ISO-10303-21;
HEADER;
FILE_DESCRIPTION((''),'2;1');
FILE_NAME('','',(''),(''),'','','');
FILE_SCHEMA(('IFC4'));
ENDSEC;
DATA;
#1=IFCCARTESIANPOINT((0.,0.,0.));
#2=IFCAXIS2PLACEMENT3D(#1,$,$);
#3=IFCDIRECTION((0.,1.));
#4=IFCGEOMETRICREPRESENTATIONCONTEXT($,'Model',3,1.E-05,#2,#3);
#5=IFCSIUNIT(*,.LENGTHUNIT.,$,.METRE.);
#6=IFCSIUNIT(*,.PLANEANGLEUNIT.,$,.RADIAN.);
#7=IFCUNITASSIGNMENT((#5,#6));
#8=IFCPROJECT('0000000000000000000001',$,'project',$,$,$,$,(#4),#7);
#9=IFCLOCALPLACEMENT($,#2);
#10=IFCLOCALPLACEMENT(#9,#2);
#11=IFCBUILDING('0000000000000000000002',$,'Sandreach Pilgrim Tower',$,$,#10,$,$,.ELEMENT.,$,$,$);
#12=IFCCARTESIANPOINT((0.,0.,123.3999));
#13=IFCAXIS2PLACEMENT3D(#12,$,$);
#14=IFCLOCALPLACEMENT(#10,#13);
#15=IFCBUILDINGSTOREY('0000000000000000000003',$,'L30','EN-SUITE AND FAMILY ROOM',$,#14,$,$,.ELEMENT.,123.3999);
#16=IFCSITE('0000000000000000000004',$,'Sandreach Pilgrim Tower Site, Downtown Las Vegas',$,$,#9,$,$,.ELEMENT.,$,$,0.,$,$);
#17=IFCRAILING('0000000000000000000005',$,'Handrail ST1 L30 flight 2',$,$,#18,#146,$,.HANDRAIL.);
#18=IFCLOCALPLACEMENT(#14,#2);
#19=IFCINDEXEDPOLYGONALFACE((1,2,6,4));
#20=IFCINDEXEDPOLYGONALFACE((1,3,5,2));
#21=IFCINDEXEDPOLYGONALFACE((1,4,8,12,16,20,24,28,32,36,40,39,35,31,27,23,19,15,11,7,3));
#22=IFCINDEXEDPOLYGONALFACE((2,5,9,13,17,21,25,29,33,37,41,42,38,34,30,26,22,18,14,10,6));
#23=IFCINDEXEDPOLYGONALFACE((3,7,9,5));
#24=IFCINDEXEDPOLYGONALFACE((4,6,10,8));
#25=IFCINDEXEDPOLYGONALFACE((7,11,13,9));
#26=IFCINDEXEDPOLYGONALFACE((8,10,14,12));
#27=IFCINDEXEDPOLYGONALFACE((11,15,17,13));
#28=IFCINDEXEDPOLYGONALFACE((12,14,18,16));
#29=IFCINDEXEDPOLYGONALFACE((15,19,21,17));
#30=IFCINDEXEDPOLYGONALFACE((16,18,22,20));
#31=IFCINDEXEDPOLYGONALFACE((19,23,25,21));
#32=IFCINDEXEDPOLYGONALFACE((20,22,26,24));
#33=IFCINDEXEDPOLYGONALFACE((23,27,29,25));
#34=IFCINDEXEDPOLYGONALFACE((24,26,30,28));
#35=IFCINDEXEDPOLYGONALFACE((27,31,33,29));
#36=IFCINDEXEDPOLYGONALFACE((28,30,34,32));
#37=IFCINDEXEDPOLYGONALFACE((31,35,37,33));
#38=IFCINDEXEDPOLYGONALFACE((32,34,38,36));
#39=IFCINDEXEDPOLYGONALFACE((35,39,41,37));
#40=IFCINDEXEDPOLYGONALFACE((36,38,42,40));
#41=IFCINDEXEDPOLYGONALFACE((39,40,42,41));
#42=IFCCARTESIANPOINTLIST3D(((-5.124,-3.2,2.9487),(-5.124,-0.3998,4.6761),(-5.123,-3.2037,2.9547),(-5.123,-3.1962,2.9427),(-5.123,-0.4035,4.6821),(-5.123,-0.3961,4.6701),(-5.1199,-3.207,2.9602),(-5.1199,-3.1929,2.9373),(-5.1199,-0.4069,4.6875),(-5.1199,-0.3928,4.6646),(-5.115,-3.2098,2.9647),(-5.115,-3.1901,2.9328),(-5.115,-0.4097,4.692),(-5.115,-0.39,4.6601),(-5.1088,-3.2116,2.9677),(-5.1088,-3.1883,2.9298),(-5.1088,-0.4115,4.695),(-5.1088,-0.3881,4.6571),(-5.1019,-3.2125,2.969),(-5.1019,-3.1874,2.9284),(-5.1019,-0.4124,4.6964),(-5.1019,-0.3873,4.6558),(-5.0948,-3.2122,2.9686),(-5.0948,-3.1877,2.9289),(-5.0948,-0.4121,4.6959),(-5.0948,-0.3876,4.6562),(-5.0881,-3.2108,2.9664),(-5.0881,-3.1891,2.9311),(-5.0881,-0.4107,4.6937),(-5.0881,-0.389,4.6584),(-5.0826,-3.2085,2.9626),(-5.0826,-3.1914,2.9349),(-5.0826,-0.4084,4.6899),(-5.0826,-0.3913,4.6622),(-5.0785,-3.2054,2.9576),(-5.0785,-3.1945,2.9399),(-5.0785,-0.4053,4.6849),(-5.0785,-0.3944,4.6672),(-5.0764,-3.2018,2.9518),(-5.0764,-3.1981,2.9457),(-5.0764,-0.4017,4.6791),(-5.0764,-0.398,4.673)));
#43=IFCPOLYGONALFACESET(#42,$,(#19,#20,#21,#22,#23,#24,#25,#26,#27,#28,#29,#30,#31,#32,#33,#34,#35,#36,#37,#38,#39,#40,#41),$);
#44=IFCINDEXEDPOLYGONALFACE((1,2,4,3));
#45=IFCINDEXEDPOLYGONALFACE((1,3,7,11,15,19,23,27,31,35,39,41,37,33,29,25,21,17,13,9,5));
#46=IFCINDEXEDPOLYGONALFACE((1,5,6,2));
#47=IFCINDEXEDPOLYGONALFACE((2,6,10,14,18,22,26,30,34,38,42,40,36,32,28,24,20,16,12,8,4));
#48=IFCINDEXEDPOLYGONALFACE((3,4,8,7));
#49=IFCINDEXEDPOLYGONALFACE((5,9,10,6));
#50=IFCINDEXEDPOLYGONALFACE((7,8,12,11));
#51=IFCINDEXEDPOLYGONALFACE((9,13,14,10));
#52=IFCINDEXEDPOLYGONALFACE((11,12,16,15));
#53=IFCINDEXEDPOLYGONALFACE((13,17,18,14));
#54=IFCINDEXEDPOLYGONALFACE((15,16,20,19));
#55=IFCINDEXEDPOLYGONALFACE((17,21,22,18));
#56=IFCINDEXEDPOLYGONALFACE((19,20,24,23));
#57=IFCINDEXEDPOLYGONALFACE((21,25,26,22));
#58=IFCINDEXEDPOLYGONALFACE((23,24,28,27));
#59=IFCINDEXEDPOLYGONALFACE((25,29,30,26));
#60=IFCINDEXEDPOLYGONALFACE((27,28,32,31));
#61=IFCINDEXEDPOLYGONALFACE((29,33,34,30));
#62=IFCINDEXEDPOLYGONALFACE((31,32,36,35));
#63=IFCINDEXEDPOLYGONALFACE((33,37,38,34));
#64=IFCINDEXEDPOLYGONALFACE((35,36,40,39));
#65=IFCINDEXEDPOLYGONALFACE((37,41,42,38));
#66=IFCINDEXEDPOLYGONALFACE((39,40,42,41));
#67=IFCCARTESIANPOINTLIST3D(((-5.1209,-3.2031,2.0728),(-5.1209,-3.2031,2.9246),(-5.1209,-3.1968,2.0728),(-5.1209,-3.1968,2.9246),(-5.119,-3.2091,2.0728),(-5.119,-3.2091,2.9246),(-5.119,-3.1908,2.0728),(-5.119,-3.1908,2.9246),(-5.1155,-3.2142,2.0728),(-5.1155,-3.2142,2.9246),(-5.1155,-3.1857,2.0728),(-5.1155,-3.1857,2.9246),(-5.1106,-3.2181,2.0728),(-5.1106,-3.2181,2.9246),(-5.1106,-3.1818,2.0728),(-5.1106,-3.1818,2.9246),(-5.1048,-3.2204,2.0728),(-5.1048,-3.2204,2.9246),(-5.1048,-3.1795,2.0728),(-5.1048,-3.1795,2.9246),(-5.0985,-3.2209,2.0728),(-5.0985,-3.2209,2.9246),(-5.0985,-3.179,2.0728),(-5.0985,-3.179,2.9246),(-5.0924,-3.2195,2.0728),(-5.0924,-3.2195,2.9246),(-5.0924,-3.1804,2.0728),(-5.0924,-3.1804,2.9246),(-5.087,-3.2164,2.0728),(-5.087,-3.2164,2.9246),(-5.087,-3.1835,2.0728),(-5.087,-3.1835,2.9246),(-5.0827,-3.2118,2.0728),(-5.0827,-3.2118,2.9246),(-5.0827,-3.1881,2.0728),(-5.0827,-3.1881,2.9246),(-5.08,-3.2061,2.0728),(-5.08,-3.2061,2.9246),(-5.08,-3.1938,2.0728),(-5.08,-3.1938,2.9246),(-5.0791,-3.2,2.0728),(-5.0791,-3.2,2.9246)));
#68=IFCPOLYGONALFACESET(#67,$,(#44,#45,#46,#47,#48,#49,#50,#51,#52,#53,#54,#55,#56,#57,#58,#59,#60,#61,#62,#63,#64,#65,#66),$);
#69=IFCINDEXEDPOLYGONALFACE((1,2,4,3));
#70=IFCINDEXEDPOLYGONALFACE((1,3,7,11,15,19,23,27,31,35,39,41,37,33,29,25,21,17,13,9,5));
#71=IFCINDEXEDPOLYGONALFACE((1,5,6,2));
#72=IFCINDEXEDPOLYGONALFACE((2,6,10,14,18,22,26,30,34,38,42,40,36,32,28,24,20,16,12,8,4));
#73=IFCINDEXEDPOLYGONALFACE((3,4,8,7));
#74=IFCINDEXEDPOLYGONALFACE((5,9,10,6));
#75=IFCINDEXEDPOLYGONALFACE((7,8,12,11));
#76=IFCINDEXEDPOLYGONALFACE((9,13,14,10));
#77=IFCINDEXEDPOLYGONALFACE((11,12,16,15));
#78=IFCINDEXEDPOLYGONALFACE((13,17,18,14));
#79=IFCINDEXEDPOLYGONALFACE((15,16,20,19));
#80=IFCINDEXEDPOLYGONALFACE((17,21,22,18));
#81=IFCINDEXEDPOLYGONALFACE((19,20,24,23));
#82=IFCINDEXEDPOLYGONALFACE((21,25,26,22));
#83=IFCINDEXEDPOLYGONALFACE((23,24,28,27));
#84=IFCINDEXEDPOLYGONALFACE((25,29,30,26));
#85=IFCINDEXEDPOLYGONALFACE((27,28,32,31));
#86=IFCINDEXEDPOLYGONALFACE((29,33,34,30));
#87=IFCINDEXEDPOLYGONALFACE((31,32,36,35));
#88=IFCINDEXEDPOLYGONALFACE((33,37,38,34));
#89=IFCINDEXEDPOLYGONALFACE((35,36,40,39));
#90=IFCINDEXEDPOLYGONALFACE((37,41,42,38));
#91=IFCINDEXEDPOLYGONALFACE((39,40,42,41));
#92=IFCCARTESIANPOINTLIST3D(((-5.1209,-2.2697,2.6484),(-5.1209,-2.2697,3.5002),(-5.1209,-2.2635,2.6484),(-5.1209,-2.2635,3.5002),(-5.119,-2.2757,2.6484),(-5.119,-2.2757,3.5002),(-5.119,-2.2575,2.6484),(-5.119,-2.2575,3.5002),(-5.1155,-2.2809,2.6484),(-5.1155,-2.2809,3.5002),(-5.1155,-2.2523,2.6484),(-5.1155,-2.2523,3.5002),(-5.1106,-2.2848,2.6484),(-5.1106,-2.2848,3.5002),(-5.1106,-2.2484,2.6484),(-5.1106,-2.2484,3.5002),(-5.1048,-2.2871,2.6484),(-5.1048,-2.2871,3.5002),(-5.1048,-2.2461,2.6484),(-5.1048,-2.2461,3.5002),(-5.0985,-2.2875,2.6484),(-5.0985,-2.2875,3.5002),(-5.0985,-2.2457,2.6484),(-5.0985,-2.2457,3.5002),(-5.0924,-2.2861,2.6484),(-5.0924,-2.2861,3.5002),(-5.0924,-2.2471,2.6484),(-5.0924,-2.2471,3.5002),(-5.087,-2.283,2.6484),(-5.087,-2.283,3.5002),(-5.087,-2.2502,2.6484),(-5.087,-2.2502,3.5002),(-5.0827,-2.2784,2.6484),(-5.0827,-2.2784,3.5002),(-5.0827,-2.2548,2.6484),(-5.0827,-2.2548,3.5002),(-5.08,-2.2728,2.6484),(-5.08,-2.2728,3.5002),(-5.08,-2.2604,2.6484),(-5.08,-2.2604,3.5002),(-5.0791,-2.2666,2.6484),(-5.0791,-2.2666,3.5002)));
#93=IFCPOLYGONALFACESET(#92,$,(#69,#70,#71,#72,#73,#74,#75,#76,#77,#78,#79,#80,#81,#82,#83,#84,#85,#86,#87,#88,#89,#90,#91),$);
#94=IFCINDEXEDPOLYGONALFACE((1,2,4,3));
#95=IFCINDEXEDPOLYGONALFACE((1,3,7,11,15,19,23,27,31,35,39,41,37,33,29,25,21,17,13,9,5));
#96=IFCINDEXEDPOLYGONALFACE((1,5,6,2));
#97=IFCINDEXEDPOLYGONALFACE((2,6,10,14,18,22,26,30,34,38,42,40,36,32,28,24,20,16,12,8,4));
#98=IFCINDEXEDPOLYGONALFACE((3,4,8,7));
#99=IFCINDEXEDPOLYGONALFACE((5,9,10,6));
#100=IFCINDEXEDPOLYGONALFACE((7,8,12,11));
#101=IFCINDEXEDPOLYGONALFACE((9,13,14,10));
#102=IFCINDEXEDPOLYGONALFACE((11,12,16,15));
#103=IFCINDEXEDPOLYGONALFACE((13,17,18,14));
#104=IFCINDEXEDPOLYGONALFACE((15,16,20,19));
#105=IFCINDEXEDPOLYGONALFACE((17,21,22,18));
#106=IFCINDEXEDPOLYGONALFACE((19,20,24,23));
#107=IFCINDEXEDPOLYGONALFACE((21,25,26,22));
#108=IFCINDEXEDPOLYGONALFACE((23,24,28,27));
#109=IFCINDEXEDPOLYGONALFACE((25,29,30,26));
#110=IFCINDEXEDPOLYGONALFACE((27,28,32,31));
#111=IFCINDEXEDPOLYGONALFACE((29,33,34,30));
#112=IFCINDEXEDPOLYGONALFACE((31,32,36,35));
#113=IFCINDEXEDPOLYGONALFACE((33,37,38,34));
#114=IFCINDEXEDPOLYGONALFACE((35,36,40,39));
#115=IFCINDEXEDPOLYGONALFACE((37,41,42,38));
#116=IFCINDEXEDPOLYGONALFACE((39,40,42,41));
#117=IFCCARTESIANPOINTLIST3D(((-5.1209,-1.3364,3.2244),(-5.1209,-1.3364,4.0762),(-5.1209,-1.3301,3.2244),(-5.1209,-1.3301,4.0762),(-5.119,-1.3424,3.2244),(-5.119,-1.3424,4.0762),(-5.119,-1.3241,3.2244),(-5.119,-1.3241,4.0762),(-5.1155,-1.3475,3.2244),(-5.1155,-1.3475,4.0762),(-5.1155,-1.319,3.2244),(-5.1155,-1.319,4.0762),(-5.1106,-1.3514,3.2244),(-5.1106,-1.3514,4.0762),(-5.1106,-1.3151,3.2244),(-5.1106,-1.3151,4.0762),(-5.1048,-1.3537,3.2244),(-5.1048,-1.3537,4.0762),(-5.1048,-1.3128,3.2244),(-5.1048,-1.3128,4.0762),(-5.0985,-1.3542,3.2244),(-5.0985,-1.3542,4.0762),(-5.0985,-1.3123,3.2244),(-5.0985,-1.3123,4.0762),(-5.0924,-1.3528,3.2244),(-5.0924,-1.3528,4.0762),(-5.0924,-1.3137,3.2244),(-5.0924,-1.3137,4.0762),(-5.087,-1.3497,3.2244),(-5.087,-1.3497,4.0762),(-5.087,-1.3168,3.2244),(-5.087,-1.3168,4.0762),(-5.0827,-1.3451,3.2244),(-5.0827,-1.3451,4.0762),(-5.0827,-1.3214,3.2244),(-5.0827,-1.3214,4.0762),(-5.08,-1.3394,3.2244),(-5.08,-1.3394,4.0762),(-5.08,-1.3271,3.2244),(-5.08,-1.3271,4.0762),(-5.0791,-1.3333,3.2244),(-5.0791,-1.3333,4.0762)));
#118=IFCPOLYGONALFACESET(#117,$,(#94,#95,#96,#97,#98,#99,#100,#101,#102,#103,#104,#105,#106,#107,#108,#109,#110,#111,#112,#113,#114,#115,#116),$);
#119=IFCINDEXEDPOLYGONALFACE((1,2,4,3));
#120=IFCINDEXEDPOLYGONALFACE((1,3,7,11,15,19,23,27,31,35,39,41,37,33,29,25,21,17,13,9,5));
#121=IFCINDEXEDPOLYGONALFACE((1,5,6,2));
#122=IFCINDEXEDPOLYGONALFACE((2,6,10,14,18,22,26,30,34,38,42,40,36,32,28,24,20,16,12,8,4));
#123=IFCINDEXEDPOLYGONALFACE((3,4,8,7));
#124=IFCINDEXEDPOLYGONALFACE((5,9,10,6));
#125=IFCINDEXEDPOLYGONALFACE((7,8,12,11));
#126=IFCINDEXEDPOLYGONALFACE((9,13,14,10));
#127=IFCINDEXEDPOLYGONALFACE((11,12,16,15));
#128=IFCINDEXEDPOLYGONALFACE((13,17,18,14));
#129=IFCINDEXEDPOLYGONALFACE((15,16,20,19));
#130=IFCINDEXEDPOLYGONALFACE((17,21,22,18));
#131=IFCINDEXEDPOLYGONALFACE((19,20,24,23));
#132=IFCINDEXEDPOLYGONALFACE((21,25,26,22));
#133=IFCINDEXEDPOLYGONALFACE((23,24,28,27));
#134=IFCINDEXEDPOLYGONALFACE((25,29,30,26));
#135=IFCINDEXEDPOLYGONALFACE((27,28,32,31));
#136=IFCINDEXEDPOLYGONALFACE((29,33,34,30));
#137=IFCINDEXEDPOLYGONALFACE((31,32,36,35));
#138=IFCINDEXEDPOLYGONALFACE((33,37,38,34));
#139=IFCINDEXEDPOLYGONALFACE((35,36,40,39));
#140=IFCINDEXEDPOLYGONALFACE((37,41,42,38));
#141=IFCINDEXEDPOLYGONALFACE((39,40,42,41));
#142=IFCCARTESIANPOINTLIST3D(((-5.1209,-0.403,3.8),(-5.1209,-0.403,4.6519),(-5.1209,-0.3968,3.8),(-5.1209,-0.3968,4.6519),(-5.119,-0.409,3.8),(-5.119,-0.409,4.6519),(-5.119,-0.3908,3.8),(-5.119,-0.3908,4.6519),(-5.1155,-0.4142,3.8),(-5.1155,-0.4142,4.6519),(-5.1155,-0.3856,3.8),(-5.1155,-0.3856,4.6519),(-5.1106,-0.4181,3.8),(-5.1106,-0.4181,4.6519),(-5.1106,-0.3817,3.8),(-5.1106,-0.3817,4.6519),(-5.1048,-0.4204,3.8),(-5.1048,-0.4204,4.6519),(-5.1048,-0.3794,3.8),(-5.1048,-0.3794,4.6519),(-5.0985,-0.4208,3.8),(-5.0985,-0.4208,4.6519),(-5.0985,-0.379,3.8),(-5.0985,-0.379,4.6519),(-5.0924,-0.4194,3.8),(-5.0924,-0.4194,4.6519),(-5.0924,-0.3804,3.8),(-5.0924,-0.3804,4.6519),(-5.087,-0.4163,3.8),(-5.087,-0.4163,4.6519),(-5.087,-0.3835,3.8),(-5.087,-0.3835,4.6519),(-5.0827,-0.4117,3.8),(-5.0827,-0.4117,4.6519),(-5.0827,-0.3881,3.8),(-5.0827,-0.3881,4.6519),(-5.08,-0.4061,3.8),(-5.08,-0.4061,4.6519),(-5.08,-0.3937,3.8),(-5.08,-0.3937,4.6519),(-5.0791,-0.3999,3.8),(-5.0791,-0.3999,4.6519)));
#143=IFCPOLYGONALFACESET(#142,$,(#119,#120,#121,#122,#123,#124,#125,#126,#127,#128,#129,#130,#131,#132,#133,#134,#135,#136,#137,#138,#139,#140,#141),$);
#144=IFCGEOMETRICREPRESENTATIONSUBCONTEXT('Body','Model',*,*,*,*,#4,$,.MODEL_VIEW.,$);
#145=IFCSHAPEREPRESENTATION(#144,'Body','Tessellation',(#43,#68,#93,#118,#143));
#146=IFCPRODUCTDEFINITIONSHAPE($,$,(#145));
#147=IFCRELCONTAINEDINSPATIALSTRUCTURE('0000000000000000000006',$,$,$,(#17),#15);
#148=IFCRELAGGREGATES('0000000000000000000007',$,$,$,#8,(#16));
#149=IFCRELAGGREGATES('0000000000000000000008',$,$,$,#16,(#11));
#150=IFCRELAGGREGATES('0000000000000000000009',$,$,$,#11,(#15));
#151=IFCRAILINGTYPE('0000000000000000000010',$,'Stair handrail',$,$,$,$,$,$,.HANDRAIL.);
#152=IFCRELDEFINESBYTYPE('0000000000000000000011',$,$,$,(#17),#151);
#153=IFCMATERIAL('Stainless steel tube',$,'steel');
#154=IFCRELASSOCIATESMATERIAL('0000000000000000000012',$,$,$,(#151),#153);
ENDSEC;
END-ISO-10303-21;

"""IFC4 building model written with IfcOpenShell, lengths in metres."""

from ifc_helpers import new_model, si_unit, direction, frame, origin, origin_2d, place, context, subcontext, project, spatial, circle, extrude, material, type_object, element, save


model = new_model("IFC4")

# Units and contexts
model_context = context("Model", 3, precision=1e-05, world=origin(), true_north=direction((0.0, 1.0)))
body_context = subcontext(model_context, "Body", "Model", "MODEL_VIEW")
ifc_project = project(units=[si_unit("LENGTHUNIT", "METRE"), si_unit("PLANEANGLEUNIT", "RADIAN")], contexts=[model_context])

# Site, building, storey
site_placement = place(None, origin())
site = spatial("IfcSite", under=ifc_project, at=site_placement, Name="Sandreach Pilgrim Tower Site, Downtown Las Vegas", CompositionType="ELEMENT", RefElevation=0.0)
building_placement = place(site_placement, origin())
building = spatial("IfcBuilding", under=site, at=building_placement, Name="Sandreach Pilgrim Tower", CompositionType="ELEMENT")
storey_placement = place(building_placement, frame((0.0, 0.0, 123.3999)))
storey = spatial("IfcBuildingStorey", under=building, at=storey_placement, Name="L30", Description="EN-SUITE AND FAMILY ROOM", CompositionType="ELEMENT", Elevation=123.3999)

# Railing
ifc_material_1 = material(Name="Stainless steel tube", Category="steel")
railing_type = type_object("IfcRailingType", Name="Stair handrail", PredefinedType="HANDRAIL", material=ifc_material_1)
for number, where, name in (
    (1, (-5.1001, -3.2, 2.0728), "Handrail ST1 L30 flight 2"),
):
    element("IfcRailing", number, at=place(storey_placement, frame(where)), inside=storey, type_object=railing_type, Name=name, PredefinedType="HANDRAIL", context=body_context, shape_type="SweptSolid", body=[
        extrude(circle(Radius=0.0239, at=origin_2d()), frame((0.0, 0.0, 0.876), z_axis=(0.0, 0.85109, 0.52502), x_axis=(-1.0, 0.0, 0.0)), (0.0, 0.0, 1.0), 3.29),
        extrude(circle(Radius=0.021, at=origin_2d()), origin(), (0.0, 0.0, 1.0), 0.8518),
        extrude(circle(Radius=0.021, at=origin_2d()), frame((0.0, 0.9333, 0.5757)), (0.0, 0.0, 1.0), 0.8518),
        extrude(circle(Radius=0.021, at=origin_2d()), frame((0.0, 1.8667, 1.1516)), (0.0, 0.0, 1.0), 0.8518),
        extrude(circle(Radius=0.021, at=origin_2d()), frame((0.0, 2.8, 1.7273)), (0.0, 0.0, 1.0), 0.8518),
    ])

save(model, "model.ifc")
